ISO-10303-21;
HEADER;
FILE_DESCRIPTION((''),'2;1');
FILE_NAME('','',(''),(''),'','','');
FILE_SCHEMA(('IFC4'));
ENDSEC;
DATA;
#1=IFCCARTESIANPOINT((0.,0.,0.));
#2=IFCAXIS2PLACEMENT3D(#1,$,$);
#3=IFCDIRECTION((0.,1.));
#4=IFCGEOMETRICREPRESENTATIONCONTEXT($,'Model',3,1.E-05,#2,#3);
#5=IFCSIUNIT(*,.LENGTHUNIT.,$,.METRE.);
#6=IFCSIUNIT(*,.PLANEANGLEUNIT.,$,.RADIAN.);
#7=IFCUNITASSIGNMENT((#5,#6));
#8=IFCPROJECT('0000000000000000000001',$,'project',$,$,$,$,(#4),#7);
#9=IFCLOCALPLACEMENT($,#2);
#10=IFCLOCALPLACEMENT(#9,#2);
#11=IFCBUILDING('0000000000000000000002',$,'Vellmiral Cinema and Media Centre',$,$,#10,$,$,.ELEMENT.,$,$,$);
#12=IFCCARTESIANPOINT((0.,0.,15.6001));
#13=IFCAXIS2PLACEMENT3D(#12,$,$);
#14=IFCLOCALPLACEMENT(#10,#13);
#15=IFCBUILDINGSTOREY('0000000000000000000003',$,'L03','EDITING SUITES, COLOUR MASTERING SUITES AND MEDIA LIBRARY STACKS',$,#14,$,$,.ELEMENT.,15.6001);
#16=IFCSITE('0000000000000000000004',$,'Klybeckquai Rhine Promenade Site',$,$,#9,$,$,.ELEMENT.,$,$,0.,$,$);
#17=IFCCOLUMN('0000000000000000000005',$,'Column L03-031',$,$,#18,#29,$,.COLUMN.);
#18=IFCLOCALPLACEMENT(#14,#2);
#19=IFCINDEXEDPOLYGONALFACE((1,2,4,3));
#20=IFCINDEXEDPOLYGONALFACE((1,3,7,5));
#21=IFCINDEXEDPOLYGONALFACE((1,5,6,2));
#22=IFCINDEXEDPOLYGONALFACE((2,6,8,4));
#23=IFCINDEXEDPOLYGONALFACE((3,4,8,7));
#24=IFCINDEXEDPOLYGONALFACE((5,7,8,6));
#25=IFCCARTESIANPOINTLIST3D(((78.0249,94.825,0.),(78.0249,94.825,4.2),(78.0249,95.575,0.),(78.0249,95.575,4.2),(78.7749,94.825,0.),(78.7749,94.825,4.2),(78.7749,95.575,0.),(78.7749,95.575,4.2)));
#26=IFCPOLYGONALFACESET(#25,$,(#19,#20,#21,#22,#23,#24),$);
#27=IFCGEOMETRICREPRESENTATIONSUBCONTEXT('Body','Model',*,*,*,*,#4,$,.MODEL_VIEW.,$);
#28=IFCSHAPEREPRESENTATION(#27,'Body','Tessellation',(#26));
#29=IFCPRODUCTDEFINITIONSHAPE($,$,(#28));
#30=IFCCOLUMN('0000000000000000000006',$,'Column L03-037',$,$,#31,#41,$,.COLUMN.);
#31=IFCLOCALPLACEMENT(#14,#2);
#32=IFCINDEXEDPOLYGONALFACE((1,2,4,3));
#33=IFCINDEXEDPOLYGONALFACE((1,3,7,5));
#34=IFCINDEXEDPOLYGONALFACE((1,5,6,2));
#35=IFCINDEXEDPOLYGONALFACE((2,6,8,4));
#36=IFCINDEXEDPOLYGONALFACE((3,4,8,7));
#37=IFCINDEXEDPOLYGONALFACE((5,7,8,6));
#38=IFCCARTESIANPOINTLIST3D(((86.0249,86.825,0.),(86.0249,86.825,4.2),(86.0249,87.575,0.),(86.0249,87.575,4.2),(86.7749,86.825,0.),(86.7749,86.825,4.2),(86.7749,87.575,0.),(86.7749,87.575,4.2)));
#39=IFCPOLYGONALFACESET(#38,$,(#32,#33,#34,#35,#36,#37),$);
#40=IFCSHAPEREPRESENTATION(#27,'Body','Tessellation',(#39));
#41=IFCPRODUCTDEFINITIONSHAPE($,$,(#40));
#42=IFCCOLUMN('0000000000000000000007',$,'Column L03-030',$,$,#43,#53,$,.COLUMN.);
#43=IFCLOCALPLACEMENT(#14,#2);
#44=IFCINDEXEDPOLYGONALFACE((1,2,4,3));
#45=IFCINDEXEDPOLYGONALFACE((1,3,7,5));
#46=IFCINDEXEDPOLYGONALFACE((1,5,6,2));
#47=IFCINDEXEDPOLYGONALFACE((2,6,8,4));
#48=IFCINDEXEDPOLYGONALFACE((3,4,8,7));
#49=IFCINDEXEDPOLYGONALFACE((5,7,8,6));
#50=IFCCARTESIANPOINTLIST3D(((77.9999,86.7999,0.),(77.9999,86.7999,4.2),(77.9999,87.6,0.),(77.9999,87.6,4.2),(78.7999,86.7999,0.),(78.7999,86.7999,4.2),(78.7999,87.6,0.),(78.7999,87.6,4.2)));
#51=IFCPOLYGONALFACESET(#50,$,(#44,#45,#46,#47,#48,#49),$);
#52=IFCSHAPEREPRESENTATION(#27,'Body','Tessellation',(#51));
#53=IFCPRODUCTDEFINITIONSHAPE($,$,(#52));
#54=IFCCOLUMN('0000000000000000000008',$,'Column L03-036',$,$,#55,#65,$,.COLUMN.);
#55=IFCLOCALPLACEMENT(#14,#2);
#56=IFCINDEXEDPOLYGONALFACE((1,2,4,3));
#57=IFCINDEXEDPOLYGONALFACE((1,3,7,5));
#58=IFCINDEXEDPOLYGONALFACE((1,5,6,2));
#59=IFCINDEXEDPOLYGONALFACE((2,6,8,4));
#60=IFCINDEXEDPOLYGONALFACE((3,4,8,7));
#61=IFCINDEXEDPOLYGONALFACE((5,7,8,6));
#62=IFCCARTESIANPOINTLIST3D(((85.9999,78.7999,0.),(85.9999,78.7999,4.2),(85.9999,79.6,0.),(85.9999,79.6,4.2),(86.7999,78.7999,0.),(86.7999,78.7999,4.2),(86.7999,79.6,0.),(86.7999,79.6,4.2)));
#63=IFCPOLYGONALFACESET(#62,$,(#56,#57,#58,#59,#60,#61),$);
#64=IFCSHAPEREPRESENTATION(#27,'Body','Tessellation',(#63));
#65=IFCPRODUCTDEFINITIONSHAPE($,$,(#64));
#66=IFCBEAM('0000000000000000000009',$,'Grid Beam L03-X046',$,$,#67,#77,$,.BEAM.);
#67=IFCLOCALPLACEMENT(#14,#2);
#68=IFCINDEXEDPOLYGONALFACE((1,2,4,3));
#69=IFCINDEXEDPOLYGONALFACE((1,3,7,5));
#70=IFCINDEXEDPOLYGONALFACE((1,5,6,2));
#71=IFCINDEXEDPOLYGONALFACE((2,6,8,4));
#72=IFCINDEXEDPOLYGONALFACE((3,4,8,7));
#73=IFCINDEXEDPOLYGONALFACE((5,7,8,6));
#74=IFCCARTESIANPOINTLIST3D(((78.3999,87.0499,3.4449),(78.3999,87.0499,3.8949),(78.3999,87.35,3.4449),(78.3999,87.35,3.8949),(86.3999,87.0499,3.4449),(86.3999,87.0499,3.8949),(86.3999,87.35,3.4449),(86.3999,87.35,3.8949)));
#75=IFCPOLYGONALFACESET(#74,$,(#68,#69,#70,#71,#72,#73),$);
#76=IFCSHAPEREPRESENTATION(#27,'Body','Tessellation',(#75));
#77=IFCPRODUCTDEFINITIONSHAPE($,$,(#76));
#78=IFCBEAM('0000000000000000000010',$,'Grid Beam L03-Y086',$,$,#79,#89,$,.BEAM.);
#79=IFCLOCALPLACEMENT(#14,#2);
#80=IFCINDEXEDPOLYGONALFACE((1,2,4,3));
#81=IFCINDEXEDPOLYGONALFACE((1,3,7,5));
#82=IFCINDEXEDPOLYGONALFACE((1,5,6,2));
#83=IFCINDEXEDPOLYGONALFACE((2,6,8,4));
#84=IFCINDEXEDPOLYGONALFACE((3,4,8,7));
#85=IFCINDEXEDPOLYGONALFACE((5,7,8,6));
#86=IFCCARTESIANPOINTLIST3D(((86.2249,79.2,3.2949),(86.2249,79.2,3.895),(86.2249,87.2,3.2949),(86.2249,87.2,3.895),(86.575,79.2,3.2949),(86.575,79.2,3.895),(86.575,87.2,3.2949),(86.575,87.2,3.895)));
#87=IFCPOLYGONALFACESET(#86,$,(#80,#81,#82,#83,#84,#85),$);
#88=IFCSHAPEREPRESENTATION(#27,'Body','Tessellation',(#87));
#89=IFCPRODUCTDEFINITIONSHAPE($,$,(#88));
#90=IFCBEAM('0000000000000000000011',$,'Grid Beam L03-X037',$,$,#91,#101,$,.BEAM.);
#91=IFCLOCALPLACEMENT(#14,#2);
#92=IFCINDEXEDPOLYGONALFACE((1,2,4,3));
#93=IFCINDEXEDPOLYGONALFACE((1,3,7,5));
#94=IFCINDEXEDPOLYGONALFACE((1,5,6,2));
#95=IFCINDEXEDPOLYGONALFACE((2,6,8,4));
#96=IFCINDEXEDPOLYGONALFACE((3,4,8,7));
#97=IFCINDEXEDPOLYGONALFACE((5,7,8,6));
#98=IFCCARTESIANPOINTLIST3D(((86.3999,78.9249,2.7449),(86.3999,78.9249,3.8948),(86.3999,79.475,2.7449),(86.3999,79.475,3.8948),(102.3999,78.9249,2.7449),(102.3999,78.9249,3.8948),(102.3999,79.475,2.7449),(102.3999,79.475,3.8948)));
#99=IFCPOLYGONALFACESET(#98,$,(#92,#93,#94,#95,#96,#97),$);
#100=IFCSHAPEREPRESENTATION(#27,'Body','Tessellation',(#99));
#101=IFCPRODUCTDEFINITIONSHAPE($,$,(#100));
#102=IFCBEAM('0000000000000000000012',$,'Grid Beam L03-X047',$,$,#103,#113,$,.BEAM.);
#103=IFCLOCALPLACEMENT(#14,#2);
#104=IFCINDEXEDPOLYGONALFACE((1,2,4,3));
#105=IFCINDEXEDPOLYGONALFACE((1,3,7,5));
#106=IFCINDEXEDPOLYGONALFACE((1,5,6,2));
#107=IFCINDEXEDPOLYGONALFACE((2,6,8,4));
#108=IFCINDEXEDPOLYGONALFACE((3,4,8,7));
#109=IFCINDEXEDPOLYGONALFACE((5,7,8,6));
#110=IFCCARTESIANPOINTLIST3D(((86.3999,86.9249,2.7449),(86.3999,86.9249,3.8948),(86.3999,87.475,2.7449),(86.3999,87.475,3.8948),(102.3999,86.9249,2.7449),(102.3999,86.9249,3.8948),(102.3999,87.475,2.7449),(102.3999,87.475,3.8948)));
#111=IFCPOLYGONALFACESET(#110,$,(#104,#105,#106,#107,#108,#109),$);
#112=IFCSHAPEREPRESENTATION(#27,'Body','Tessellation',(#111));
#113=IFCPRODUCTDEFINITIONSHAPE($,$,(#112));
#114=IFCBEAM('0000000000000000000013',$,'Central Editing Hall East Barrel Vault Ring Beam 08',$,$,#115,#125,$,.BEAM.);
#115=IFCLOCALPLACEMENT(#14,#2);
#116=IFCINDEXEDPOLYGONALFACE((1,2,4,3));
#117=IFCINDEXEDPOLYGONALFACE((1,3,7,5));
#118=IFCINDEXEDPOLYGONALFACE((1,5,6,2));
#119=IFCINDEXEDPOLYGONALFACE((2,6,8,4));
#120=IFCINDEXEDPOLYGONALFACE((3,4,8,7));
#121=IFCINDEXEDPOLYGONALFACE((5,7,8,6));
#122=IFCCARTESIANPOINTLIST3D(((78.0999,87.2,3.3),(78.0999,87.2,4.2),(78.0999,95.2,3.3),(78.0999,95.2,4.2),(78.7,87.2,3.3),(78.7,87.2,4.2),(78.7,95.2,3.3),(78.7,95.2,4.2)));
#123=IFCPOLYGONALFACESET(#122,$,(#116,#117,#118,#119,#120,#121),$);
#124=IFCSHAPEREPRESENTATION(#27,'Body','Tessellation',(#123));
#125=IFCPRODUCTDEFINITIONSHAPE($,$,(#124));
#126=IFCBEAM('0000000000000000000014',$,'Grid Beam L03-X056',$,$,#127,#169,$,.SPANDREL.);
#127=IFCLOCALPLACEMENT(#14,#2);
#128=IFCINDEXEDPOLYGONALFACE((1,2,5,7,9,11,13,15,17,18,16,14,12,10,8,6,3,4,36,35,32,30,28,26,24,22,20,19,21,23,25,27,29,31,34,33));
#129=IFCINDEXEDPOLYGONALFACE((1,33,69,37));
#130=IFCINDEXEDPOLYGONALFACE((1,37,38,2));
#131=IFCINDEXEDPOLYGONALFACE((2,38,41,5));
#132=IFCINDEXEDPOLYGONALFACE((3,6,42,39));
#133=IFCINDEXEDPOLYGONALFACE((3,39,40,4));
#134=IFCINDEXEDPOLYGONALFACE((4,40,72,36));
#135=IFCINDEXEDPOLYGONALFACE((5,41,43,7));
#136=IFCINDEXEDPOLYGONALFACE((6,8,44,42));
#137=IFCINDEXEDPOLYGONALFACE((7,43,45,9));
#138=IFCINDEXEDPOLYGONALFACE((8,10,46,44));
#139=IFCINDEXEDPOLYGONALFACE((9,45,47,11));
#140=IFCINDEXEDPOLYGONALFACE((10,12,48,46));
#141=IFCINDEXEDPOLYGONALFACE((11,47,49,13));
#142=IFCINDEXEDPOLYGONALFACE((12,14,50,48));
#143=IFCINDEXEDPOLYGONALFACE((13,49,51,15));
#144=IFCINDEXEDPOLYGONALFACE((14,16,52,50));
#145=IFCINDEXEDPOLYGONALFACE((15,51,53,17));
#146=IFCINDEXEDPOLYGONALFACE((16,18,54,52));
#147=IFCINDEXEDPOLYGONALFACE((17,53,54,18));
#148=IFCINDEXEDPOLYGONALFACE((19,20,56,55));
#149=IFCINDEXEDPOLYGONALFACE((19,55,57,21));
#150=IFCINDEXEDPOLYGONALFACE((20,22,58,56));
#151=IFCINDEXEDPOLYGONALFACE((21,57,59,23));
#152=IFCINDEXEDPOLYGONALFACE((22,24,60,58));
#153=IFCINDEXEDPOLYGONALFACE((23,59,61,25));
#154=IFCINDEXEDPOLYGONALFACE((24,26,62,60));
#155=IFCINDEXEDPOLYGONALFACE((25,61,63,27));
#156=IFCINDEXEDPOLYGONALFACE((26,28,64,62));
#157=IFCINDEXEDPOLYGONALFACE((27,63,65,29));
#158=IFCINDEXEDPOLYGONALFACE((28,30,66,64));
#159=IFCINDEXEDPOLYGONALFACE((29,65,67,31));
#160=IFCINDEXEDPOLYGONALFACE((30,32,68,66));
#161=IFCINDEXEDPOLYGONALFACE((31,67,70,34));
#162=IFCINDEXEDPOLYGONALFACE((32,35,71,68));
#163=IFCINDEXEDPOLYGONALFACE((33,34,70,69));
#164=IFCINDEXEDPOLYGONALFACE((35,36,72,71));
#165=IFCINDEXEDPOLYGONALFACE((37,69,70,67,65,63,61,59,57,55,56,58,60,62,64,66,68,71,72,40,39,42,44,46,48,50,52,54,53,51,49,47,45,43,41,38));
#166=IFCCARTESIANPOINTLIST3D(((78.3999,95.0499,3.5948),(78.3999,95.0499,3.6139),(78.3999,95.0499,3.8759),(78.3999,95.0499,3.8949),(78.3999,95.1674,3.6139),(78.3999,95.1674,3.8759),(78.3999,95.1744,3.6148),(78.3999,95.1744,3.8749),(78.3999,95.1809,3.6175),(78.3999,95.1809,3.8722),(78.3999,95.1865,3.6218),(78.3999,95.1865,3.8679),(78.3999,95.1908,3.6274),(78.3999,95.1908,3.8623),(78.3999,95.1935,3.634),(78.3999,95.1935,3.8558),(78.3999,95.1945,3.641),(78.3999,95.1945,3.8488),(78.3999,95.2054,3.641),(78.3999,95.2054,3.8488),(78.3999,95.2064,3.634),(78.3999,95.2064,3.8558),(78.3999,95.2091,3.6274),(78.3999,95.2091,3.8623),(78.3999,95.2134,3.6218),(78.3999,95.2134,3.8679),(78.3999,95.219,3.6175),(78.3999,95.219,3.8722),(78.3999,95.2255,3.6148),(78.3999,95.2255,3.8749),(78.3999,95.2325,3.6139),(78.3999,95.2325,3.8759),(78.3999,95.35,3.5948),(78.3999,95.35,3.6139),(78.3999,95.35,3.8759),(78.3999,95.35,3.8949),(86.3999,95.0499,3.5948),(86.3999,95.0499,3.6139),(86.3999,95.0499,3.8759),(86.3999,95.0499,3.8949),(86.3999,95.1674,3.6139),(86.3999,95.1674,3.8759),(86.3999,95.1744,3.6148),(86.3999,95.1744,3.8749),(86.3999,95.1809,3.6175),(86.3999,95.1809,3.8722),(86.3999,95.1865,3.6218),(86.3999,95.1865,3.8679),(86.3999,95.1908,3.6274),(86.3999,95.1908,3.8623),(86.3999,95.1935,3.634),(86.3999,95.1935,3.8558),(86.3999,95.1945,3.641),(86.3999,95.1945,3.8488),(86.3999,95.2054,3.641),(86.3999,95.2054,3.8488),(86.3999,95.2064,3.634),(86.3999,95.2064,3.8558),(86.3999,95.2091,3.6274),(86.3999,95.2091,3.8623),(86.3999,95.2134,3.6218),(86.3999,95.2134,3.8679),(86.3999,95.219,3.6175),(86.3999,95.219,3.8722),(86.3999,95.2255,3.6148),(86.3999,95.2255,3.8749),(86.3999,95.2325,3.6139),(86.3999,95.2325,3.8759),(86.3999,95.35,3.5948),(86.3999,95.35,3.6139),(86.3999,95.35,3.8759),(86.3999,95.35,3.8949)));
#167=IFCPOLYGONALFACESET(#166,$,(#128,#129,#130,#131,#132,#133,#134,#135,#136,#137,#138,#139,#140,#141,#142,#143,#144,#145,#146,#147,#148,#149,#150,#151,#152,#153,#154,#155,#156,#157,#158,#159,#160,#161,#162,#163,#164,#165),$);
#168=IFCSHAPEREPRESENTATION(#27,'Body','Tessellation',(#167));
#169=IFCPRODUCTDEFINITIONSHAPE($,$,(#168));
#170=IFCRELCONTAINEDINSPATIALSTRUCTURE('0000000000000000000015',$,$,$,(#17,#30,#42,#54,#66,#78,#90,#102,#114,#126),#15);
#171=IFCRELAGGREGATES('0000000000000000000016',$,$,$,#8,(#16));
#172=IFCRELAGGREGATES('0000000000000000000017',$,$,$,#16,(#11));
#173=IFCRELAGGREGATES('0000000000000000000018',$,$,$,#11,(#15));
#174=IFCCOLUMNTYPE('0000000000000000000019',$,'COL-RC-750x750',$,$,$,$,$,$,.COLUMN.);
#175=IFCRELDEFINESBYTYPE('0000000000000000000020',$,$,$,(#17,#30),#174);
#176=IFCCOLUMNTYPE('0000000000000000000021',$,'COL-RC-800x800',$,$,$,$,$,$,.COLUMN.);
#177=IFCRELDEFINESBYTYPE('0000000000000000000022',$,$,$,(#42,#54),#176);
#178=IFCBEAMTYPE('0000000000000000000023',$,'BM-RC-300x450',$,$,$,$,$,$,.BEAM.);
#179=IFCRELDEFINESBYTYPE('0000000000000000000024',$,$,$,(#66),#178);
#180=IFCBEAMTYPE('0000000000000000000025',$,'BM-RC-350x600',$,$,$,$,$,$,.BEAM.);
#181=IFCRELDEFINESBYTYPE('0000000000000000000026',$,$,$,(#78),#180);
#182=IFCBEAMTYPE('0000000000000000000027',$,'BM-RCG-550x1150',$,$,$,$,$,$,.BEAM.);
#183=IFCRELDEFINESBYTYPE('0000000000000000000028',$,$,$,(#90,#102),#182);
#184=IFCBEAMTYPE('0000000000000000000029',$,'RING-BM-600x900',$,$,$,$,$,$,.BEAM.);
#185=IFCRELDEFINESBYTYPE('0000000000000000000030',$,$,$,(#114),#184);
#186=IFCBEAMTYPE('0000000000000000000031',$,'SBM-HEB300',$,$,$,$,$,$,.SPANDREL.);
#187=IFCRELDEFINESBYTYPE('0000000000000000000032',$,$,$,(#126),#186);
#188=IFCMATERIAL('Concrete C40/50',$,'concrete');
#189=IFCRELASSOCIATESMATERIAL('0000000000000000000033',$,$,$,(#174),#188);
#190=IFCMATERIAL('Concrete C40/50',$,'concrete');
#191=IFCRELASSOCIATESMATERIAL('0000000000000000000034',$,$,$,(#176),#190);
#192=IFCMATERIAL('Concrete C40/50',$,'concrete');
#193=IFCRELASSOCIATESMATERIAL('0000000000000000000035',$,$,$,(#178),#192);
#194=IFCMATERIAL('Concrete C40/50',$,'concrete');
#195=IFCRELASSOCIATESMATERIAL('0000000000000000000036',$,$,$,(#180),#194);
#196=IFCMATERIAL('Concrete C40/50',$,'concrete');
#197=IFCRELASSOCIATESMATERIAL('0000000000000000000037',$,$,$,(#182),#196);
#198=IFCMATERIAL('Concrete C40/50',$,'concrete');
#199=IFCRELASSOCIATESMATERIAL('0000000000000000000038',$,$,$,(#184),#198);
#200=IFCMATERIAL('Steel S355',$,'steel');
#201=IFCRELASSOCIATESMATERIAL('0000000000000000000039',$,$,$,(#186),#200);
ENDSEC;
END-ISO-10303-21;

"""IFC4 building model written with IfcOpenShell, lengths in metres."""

from ifc_helpers import new_model, si_unit, direction, frame, origin, origin_2d, place, context, subcontext, project, spatial, rectangle, i_section, extrude, material, material_profile, profile_set, type_object, element, save


model = new_model("IFC4")

# Units and contexts
model_context = context("Model", 3, precision=1e-05, world=origin(), true_north=direction((0.0, 1.0)))
body_context = subcontext(model_context, "Body", "Model", "MODEL_VIEW")
ifc_project = project(units=[si_unit("LENGTHUNIT", "METRE"), si_unit("PLANEANGLEUNIT", "RADIAN")], contexts=[model_context])

# Site, building, storey
site_placement = place(None, origin())
site = spatial("IfcSite", under=ifc_project, at=site_placement, Name="Klybeckquai Rhine Promenade Site", CompositionType="ELEMENT", RefElevation=0.0)
building_placement = place(site_placement, origin())
building = spatial("IfcBuilding", under=site, at=building_placement, Name="Vellmiral Cinema and Media Centre", CompositionType="ELEMENT")
storey_placement = place(building_placement, frame((0.0, 0.0, 15.6001)))
storey = spatial("IfcBuildingStorey", under=building, at=storey_placement, Name="L03", Description="EDITING SUITES, COLOUR MASTERING SUITES AND MEDIA LIBRARY STACKS", CompositionType="ELEMENT", Elevation=15.6001)

# Columns
ifc_material_1 = material(Name="Concrete C40/50", Category="concrete")
ifc_material_profile_1 = material_profile(ifc_material_1, rectangle(XDim=0.75, YDim=0.75, at=origin_2d()), Name="RC 750x750")
ifc_profile_set_1 = profile_set([ifc_material_profile_1], Name="Concrete C40/50")
column_type_1 = type_object("IfcColumnType", Name="COL-RC-750x750", PredefinedType="COLUMN", material=ifc_profile_set_1)
for number, where, z_axis, x_axis, name in (
    (1, (78.3999, 95.2, 0.0), (0.0, 0.0, 1.0), (1.0, 0.0, 0.0), "Column L03-031"),
    (2, (86.3999, 87.2, 0.0), (0.0, 0.0, 1.0), (1.0, 0.0, 0.0), "Column L03-037"),
):
    element("IfcColumn", number, at=place(storey_placement, frame(where, z_axis=z_axis, x_axis=x_axis)), inside=storey, type_object=column_type_1, Name=name, PredefinedType="COLUMN", context=body_context, shape_type="SweptSolid", body=[
        extrude(rectangle(XDim=0.75, YDim=0.75, at=origin_2d()), origin(), (0.0, 0.0, 1.0), 4.2),
    ])
ifc_material_2 = material(Name="Concrete C40/50", Category="concrete")
ifc_material_profile_2 = material_profile(ifc_material_2, rectangle(XDim=0.8, YDim=0.8, at=origin_2d()), Name="RC 800x800")
ifc_profile_set_2 = profile_set([ifc_material_profile_2], Name="Concrete C40/50")
column_type_2 = type_object("IfcColumnType", Name="COL-RC-800x800", PredefinedType="COLUMN", material=ifc_profile_set_2)
for number, where, z_axis, x_axis, name in (
    (3, (78.3999, 87.2, 0.0), (0.0, 0.0, 1.0), (1.0, 0.0, 0.0), "Column L03-030"),
    (4, (86.3999, 79.2, 0.0), (0.0, 0.0, 1.0), (1.0, 0.0, 0.0), "Column L03-036"),
):
    element("IfcColumn", number, at=place(storey_placement, frame(where, z_axis=z_axis, x_axis=x_axis)), inside=storey, type_object=column_type_2, Name=name, PredefinedType="COLUMN", context=body_context, shape_type="SweptSolid", body=[
        extrude(rectangle(XDim=0.8, YDim=0.8, at=origin_2d()), origin(), (0.0, 0.0, 1.0), 4.2),
    ])

# Beams
ifc_material_3 = material(Name="Concrete C40/50", Category="concrete")
ifc_material_profile_3 = material_profile(ifc_material_3, rectangle(XDim=0.3, YDim=0.45, at=origin_2d()), Name="RC 300x450")
ifc_profile_set_3 = profile_set([ifc_material_profile_3], Name="Concrete C40/50")
beam_type_1 = type_object("IfcBeamType", Name="BM-RC-300x450", PredefinedType="BEAM", material=ifc_profile_set_3)
beam_1_placement = place(storey_placement, frame((78.3999, 87.2, 3.6699), z_axis=(1.0, 0.0, 0.0), x_axis=(0.0, 1.0, 0.0)))
element("IfcBeam", 5, at=beam_1_placement, inside=storey, type_object=beam_type_1, Name="Grid Beam L03-X046", PredefinedType="BEAM", context=body_context, shape_type="SweptSolid", body=[
    extrude(rectangle(XDim=0.3, YDim=0.45, at=origin_2d()), origin(), (0.0, 0.0, 1.0), 8.0),
])
ifc_material_4 = material(Name="Concrete C40/50", Category="concrete")
ifc_material_profile_4 = material_profile(ifc_material_4, rectangle(XDim=0.3501, YDim=0.6001, at=origin_2d()), Name="RC 350x600")
ifc_profile_set_4 = profile_set([ifc_material_profile_4], Name="Concrete C40/50")
beam_type_2 = type_object("IfcBeamType", Name="BM-RC-350x600", PredefinedType="BEAM", material=ifc_profile_set_4)
beam_2_placement = place(storey_placement, frame((86.3999, 79.2, 3.595), z_axis=(0.0, 1.0, 0.0), x_axis=(-1.0, 0.0, 0.0)))
element("IfcBeam", 6, at=beam_2_placement, inside=storey, type_object=beam_type_2, Name="Grid Beam L03-Y086", PredefinedType="BEAM", context=body_context, shape_type="SweptSolid", body=[
    extrude(rectangle(XDim=0.3501, YDim=0.6001, at=origin_2d()), origin(), (0.0, 0.0, 1.0), 8.0),
])
ifc_material_5 = material(Name="Concrete C40/50", Category="concrete")
ifc_material_profile_5 = material_profile(ifc_material_5, rectangle(XDim=0.55, YDim=1.1499, at=origin_2d()), Name="RC 550x1150")
ifc_profile_set_5 = profile_set([ifc_material_profile_5], Name="Concrete C40/50")
beam_type_3 = type_object("IfcBeamType", Name="BM-RCG-550x1150", PredefinedType="BEAM", material=ifc_profile_set_5)
for number, where, z_axis, x_axis, name in (
    (7, (86.3999, 79.2, 3.3198), (1.0, 0.0, 0.0), (0.0, 1.0, 0.0), "Grid Beam L03-X037"),
    (8, (86.3999, 87.2, 3.3198), (1.0, 0.0, 0.0), (0.0, 1.0, 0.0), "Grid Beam L03-X047"),
):
    element("IfcBeam", number, at=place(storey_placement, frame(where, z_axis=z_axis, x_axis=x_axis)), inside=storey, type_object=beam_type_3, Name=name, PredefinedType="BEAM", context=body_context, shape_type="SweptSolid", body=[
        extrude(rectangle(XDim=0.55, YDim=1.1499, at=origin_2d()), origin(), (0.0, 0.0, 1.0), 16.0),
    ])
ifc_material_6 = material(Name="Concrete C40/50", Category="concrete")
ifc_material_profile_6 = material_profile(ifc_material_6, rectangle(XDim=0.6001, YDim=0.8999, at=origin_2d()), Name="RC 600x900")
ifc_profile_set_6 = profile_set([ifc_material_profile_6], Name="Concrete C40/50")
beam_type_4 = type_object("IfcBeamType", Name="RING-BM-600x900", PredefinedType="BEAM", material=ifc_profile_set_6)
beam_3_placement = place(storey_placement, frame((78.3999, 87.2, 3.75), z_axis=(0.0, 1.0, 0.0), x_axis=(-1.0, 0.0, 0.0)))
element("IfcBeam", 9, at=beam_3_placement, inside=storey, type_object=beam_type_4, Name="Central Editing Hall East Barrel Vault Ring Beam 08", PredefinedType="BEAM", context=body_context, shape_type="SweptSolid", body=[
    extrude(rectangle(XDim=0.6001, YDim=0.8999, at=origin_2d()), origin(), (0.0, 0.0, 1.0), 8.0),
])
ifc_material_7 = material(Name="Steel S355", Category="steel")
ifc_material_profile_7 = material_profile(ifc_material_7, i_section(OverallWidth=0.3, OverallDepth=0.3, WebThickness=0.011, FlangeThickness=0.019, FilletRadius=0.0271, at=origin_2d()), Name="HEB 300")
ifc_profile_set_7 = profile_set([ifc_material_profile_7], Name="Steel S355")
beam_type_5 = type_object("IfcBeamType", Name="SBM-HEB300", PredefinedType="SPANDREL", material=ifc_profile_set_7)
beam_4_placement = place(storey_placement, frame((78.3999, 95.2, 3.7449), z_axis=(1.0, 0.0, 0.0), x_axis=(0.0, 1.0, 0.0)))
element("IfcBeam", 10, at=beam_4_placement, inside=storey, type_object=beam_type_5, Name="Grid Beam L03-X056", PredefinedType="SPANDREL", context=body_context, shape_type="SweptSolid", body=[
    extrude(i_section(OverallWidth=0.3, OverallDepth=0.3, WebThickness=0.011, FlangeThickness=0.019, FilletRadius=0.0271, at=origin_2d()), origin(), (0.0, 0.0, 1.0), 8.0),
])

save(model, "model.ifc")
